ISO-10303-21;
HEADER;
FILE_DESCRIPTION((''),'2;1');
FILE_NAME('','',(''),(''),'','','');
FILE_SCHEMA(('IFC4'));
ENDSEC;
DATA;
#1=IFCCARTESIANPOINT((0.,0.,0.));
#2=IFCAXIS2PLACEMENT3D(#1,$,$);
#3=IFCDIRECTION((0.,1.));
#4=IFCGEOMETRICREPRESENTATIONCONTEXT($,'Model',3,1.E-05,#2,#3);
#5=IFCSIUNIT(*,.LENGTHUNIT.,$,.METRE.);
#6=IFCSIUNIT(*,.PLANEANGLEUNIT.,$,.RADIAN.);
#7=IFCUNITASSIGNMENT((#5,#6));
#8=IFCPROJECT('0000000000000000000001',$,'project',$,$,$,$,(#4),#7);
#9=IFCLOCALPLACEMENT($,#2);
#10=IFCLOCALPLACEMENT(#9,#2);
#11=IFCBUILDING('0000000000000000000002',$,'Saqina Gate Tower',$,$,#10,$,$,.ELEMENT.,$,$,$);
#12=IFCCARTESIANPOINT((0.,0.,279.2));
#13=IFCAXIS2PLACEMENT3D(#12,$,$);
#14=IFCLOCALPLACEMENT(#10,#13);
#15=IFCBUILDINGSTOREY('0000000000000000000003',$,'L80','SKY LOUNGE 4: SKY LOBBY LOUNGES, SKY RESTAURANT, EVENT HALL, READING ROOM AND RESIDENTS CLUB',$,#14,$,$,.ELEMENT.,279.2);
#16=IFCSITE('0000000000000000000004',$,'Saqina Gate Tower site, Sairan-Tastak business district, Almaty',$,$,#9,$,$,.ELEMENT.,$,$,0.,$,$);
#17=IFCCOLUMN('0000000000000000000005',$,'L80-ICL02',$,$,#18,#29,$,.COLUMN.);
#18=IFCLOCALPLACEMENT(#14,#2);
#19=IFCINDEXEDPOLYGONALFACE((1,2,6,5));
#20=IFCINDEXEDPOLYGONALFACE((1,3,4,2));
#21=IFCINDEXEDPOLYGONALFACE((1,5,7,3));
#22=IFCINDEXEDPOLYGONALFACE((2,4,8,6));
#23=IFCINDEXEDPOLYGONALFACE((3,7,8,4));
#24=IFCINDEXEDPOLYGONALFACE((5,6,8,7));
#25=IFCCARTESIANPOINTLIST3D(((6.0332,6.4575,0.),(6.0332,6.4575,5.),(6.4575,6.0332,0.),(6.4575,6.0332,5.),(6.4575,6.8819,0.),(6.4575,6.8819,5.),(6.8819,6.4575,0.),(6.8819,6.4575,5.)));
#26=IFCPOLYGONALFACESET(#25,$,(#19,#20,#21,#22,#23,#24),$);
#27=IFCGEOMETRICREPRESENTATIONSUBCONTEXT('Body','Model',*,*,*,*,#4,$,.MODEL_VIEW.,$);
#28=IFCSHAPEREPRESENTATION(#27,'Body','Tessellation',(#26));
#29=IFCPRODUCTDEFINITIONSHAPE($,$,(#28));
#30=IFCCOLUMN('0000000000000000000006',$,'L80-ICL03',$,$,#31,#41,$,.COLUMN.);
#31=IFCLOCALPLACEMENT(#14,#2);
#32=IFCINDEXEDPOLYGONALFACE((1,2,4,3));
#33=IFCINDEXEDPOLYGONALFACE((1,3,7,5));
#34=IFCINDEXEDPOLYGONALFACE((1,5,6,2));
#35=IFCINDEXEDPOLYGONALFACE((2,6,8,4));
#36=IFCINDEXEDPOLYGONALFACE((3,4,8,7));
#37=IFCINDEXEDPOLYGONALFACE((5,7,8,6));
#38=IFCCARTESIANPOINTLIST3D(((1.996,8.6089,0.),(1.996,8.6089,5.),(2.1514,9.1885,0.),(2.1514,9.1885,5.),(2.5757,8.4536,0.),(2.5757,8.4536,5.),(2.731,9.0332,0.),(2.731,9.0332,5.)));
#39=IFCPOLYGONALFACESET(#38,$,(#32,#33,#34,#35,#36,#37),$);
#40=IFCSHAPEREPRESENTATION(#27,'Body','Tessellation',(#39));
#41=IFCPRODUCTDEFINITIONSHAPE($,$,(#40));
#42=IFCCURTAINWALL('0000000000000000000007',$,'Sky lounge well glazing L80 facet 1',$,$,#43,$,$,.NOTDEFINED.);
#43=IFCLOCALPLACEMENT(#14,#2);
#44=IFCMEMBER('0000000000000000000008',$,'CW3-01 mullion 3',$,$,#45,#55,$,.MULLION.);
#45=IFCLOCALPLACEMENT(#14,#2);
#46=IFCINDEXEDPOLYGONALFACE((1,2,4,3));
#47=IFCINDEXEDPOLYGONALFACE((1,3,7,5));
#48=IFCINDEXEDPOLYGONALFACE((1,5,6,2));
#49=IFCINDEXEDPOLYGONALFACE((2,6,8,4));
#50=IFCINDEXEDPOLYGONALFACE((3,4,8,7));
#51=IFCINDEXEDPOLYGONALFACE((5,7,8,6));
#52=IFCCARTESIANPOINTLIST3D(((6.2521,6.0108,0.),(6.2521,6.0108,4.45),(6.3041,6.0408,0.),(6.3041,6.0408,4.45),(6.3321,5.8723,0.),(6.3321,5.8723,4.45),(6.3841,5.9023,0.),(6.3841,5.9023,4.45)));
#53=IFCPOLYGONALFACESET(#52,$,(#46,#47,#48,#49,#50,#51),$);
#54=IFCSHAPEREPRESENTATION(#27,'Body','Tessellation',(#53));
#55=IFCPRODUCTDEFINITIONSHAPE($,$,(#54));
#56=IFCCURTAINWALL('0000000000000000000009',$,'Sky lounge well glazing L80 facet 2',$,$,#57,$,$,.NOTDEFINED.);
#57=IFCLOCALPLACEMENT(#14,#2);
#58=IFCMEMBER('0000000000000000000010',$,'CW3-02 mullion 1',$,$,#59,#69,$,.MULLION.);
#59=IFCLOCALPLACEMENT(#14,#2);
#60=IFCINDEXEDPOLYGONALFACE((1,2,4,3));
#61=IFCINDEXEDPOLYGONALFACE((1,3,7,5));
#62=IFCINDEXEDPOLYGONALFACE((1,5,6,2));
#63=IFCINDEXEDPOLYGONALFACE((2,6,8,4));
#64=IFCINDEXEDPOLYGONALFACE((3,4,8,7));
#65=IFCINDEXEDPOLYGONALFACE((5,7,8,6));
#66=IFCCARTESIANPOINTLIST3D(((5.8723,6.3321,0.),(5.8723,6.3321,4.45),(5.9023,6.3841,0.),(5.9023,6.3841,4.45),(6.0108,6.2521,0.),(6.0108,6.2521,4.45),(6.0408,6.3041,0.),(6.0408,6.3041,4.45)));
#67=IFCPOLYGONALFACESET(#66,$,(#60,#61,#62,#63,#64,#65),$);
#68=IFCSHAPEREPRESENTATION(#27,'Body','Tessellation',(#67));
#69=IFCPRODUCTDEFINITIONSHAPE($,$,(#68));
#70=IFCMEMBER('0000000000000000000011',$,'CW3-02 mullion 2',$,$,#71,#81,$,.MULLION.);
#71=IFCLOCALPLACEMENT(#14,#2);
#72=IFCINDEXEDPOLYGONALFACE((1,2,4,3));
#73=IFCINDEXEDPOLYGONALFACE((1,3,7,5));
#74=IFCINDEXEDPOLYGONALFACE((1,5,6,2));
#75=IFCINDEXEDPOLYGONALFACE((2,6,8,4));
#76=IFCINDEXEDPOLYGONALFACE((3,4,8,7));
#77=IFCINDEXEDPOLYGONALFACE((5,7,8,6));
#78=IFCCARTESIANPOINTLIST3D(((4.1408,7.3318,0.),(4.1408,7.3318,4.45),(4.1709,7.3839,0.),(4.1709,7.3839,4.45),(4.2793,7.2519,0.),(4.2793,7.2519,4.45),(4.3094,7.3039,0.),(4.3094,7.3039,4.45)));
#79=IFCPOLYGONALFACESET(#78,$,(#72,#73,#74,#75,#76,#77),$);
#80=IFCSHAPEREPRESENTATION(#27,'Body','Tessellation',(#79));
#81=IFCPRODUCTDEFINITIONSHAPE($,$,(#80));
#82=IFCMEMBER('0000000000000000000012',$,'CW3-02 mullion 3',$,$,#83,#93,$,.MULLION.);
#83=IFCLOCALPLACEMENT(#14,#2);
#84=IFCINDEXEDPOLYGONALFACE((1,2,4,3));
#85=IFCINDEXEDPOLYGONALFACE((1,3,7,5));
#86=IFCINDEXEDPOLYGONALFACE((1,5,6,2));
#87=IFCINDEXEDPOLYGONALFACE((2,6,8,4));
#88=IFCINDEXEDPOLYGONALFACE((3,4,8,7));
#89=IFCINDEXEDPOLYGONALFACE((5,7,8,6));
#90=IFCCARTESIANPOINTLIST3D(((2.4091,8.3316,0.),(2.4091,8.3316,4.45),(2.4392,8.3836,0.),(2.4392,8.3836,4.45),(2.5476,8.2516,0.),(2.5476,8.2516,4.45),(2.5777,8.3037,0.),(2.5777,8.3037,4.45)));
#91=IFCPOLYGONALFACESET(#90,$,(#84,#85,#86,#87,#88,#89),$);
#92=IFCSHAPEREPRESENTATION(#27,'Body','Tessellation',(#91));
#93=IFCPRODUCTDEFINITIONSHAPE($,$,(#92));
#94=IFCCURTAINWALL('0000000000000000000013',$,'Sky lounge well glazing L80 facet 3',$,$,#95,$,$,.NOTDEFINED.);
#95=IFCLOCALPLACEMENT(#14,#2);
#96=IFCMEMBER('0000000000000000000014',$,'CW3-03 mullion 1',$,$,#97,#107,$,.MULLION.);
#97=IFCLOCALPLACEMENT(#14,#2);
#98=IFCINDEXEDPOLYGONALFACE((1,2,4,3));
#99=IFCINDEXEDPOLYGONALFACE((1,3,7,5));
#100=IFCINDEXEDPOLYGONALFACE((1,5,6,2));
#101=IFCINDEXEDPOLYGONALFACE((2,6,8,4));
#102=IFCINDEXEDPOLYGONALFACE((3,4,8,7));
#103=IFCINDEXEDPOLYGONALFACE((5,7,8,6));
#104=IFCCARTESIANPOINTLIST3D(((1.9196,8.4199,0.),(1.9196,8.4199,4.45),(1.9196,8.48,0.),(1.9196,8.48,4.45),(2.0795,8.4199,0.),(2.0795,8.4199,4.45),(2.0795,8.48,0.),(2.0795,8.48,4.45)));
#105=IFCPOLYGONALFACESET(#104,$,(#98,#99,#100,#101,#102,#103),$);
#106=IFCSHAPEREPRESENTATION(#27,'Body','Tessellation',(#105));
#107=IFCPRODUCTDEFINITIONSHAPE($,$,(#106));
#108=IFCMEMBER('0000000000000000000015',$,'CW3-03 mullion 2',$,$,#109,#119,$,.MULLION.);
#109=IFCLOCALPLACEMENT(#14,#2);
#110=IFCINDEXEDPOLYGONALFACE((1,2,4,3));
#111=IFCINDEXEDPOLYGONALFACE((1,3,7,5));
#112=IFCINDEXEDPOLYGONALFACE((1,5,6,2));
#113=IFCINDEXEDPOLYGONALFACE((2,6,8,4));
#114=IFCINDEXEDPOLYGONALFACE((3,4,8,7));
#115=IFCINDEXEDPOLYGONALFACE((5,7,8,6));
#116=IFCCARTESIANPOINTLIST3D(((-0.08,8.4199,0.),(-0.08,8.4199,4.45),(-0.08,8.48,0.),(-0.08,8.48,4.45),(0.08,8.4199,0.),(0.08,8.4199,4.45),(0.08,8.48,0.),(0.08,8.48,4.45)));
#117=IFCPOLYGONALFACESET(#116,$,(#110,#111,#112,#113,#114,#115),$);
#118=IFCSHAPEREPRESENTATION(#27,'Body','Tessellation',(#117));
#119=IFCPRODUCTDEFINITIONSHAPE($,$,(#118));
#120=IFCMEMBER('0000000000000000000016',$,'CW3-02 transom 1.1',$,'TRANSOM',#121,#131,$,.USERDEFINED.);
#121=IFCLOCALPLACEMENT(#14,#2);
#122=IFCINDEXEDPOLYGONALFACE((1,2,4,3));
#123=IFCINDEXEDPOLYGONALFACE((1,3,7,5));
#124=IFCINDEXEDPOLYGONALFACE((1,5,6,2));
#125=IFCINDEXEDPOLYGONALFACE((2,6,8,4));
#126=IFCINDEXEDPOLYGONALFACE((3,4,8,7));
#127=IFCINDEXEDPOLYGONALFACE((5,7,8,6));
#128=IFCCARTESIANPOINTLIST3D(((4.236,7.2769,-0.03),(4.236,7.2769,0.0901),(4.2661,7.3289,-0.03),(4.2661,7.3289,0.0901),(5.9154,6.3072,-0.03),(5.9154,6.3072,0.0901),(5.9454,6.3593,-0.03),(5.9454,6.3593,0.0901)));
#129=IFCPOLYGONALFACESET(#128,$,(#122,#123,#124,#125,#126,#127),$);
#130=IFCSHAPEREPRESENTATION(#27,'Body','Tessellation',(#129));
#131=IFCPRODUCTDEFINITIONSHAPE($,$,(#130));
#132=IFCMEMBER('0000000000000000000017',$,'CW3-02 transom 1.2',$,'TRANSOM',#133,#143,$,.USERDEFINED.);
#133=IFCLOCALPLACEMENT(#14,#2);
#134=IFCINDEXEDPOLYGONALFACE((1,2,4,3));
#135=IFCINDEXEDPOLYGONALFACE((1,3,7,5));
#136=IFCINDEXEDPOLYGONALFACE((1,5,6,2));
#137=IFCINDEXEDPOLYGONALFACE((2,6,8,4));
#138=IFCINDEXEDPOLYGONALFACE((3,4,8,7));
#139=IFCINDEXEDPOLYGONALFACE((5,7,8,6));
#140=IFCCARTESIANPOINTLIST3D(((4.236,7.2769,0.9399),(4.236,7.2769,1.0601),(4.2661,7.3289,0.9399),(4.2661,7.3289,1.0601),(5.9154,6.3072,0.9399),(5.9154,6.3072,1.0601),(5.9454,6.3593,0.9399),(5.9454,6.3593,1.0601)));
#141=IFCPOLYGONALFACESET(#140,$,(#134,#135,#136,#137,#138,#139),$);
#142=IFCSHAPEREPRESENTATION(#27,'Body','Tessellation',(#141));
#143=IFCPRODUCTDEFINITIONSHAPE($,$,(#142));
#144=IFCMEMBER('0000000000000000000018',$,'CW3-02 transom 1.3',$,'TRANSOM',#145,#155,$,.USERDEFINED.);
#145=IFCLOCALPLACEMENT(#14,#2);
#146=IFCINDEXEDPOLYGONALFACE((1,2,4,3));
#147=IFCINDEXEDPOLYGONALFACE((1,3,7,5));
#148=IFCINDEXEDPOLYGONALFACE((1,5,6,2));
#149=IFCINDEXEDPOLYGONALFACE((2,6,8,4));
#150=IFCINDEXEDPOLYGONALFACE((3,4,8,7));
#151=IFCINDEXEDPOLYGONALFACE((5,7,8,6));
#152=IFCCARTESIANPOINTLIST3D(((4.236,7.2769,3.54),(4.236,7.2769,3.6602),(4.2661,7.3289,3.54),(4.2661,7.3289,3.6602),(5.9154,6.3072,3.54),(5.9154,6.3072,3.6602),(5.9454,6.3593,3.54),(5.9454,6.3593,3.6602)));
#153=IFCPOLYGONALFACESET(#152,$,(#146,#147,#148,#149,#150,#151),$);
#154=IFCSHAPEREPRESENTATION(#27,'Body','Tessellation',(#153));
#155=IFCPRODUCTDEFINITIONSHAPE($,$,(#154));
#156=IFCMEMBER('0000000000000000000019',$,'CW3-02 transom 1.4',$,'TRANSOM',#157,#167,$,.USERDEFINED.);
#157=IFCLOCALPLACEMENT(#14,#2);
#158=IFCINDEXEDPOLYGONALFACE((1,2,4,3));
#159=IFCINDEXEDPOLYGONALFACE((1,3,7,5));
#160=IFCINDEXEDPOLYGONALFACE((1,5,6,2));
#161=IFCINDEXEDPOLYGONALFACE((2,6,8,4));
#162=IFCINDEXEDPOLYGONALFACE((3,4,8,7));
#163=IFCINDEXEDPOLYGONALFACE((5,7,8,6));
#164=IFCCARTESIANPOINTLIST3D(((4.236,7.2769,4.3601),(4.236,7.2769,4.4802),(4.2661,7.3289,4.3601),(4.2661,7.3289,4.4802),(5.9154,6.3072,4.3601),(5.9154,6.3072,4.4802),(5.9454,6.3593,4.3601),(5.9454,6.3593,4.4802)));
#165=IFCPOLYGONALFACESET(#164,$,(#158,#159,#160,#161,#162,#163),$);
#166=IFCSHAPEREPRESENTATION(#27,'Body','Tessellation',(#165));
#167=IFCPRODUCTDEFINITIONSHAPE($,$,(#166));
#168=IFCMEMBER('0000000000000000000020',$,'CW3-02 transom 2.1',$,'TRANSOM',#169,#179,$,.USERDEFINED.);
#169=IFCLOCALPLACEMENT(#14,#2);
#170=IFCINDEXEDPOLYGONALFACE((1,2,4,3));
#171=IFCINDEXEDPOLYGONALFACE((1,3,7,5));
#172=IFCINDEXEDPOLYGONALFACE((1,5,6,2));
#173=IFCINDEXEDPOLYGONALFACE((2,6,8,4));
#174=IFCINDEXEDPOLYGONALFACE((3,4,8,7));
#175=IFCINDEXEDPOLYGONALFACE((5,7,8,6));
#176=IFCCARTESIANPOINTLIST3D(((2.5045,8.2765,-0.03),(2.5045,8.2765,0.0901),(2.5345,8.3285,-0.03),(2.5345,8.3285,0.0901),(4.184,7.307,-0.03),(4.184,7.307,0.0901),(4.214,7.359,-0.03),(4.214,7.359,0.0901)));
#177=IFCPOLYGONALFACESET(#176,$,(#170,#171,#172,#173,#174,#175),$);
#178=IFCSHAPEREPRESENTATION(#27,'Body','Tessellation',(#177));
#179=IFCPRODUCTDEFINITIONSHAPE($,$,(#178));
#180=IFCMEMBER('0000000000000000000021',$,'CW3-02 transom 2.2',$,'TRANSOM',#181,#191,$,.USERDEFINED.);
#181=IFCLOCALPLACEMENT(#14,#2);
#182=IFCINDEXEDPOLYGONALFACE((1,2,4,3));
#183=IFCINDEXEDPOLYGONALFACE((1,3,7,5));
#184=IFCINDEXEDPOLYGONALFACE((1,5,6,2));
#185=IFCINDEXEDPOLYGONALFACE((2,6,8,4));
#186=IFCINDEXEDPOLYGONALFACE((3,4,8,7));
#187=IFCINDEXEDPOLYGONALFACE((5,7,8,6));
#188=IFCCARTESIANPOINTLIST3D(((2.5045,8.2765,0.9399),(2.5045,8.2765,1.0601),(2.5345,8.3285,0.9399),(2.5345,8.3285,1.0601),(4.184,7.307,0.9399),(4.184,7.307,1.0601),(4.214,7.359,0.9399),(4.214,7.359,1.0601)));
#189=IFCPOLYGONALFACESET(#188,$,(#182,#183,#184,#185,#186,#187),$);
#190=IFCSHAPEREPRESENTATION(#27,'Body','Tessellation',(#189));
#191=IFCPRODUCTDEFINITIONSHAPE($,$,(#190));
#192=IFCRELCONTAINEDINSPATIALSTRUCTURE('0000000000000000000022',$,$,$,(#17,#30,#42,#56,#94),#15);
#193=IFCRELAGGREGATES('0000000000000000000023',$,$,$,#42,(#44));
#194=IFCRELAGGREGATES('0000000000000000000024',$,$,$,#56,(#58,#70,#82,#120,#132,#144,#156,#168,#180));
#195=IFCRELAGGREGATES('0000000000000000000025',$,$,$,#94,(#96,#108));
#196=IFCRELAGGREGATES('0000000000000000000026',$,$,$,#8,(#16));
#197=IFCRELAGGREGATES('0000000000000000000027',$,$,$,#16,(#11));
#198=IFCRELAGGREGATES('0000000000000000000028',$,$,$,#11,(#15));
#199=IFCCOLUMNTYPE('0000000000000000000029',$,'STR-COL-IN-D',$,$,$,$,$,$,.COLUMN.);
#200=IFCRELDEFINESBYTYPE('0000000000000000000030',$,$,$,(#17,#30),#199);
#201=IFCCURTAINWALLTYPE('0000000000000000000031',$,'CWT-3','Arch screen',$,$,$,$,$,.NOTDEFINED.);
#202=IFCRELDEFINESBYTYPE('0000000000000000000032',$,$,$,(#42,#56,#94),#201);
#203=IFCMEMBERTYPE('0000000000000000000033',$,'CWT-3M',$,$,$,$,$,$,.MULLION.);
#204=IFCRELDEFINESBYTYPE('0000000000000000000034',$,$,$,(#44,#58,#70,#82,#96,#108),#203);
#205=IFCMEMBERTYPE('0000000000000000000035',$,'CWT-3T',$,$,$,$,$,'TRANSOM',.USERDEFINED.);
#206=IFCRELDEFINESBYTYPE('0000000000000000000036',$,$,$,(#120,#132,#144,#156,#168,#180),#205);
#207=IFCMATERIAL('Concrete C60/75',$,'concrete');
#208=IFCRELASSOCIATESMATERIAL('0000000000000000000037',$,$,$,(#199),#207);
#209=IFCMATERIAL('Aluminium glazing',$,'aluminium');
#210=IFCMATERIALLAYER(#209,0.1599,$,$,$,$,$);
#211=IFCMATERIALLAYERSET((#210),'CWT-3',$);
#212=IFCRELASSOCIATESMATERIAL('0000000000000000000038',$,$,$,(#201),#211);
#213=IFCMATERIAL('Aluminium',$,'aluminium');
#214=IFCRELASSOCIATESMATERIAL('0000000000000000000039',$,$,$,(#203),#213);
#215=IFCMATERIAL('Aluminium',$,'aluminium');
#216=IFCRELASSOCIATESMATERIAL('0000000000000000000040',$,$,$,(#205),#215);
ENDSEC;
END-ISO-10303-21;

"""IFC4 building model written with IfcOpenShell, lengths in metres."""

from ifc_helpers import new_model, si_unit, direction, frame, origin, origin_2d, place, context, subcontext, project, spatial, rectangle, extrude, material, layer, layer_set, material_profile, profile_set, type_object, element, aggregate, save


model = new_model("IFC4")

# Units and contexts
model_context = context("Model", 3, precision=1e-05, world=origin(), true_north=direction((0.0, 1.0)))
body_context = subcontext(model_context, "Body", "Model", "MODEL_VIEW")
ifc_project = project(units=[si_unit("LENGTHUNIT", "METRE"), si_unit("PLANEANGLEUNIT", "RADIAN")], contexts=[model_context])

# Site, building, storey
site_placement = place(None, origin())
site = spatial("IfcSite", under=ifc_project, at=site_placement, Name="Saqina Gate Tower site, Sairan-Tastak business district, Almaty", CompositionType="ELEMENT", RefElevation=0.0)
building_placement = place(site_placement, origin())
building = spatial("IfcBuilding", under=site, at=building_placement, Name="Saqina Gate Tower", CompositionType="ELEMENT")
storey_placement = place(building_placement, frame((0.0, 0.0, 279.2)))
storey = spatial("IfcBuildingStorey", under=building, at=storey_placement, Name="L80", Description="SKY LOUNGE 4: SKY LOBBY LOUNGES, SKY RESTAURANT, EVENT HALL, READING ROOM AND RESIDENTS CLUB", CompositionType="ELEMENT", Elevation=279.2)

# Columns
ifc_material_1 = material(Name="Concrete C60/75", Category="concrete")
ifc_material_profile_1 = material_profile(ifc_material_1, rectangle(XDim=0.6001, YDim=0.6001, at=origin_2d()), Name="RC 600x600")
ifc_profile_set_1 = profile_set([ifc_material_profile_1], Name="Concrete C60/75")
column_type = type_object("IfcColumnType", Name="STR-COL-IN-D", PredefinedType="COLUMN", material=ifc_profile_set_1)
for number, where, z_axis, x_axis, name in (
    (1, (6.4575, 6.4575, 0.0), (0.0, 0.0, 1.0), (0.707107, 0.707107, 0.0), "L80-ICL02"),
    (2, (2.3635, 8.821, 0.0), (0.0, 0.0, 1.0), (0.258819, 0.965926, 0.0), "L80-ICL03"),
):
    element("IfcColumn", number, at=place(storey_placement, frame(where, z_axis=z_axis, x_axis=x_axis)), inside=storey, type_object=column_type, Name=name, PredefinedType="COLUMN", context=body_context, shape_type="SweptSolid", body=[
        extrude(rectangle(XDim=0.6001, YDim=0.6001, at=origin_2d()), origin(), (0.0, 0.0, 1.0), 5.0),
    ])

# Curtain wall, member
ifc_material_2 = material(Name="Aluminium glazing", Category="aluminium")
ifc_layer_1 = layer(ifc_material_2, 0.1599)
ifc_layer_set_1 = layer_set([ifc_layer_1], Name="CWT-3")
curtain_wall_type = type_object("IfcCurtainWallType", Name="CWT-3", Description="Arch screen", PredefinedType="NOTDEFINED", material=ifc_layer_set_1)
curtain_wall_1_placement = place(storey_placement, origin())
curtain_wall_1 = element("IfcCurtainWall", 3, at=curtain_wall_1_placement, inside=storey, type_object=curtain_wall_type, Name="Sky lounge well glazing L80 facet 1", PredefinedType="NOTDEFINED")
ifc_material_3 = material(Name="Aluminium", Category="aluminium")
ifc_material_profile_2 = material_profile(ifc_material_3, rectangle(XDim=0.0601, YDim=0.1599, at=origin_2d()), Name="Aluminium 60x160")
ifc_profile_set_2 = profile_set([ifc_material_profile_2], Name="Aluminium")
member_type_1 = type_object("IfcMemberType", Name="CWT-3M", PredefinedType="MULLION", material=ifc_profile_set_2)
member_1_placement = place(storey_placement, frame((6.3181, 5.9565, 0.0), z_axis=(0.0, 0.0, 1.0), x_axis=(-0.866024, -0.500003, 0.0)))
member_1 = element("IfcMember", 4, at=member_1_placement, type_object=member_type_1, Name="CW3-01 mullion 3", PredefinedType="MULLION", context=body_context, shape_type="SweptSolid", body=[
    extrude(rectangle(XDim=0.0601, YDim=0.1599, at=origin_2d()), origin(), (0.0, 0.0, 1.0), 4.45),
])
aggregate(curtain_wall_1, [member_1])

# Curtain walls, members
curtain_wall_2_placement = place(storey_placement, origin())
curtain_wall_2 = element("IfcCurtainWall", 5, at=curtain_wall_2_placement, inside=storey, type_object=curtain_wall_type, Name="Sky lounge well glazing L80 facet 2", PredefinedType="NOTDEFINED")
member_2_placement = place(storey_placement, frame((5.9565, 6.3181, 0.0), z_axis=(0.0, 0.0, 1.0), x_axis=(-0.500003, -0.866024, 0.0)))
member_2 = element("IfcMember", 6, at=member_2_placement, type_object=member_type_1, Name="CW3-02 mullion 1", PredefinedType="MULLION", context=body_context, shape_type="SweptSolid", body=[
    extrude(rectangle(XDim=0.0601, YDim=0.1599, at=origin_2d()), origin(), (0.0, 0.0, 1.0), 4.45),
])
member_3_placement = place(storey_placement, frame((4.2251, 7.3179, 0.0), z_axis=(0.0, 0.0, 1.0), x_axis=(-0.500003, -0.866024, 0.0)))
member_3 = element("IfcMember", 7, at=member_3_placement, type_object=member_type_1, Name="CW3-02 mullion 2", PredefinedType="MULLION", context=body_context, shape_type="SweptSolid", body=[
    extrude(rectangle(XDim=0.0601, YDim=0.1599, at=origin_2d()), origin(), (0.0, 0.0, 1.0), 4.45),
])
member_4_placement = place(storey_placement, frame((2.4934, 8.3176, 0.0), z_axis=(0.0, 0.0, 1.0), x_axis=(-0.500003, -0.866024, 0.0)))
member_4 = element("IfcMember", 8, at=member_4_placement, type_object=member_type_1, Name="CW3-02 mullion 3", PredefinedType="MULLION", context=body_context, shape_type="SweptSolid", body=[
    extrude(rectangle(XDim=0.0601, YDim=0.1599, at=origin_2d()), origin(), (0.0, 0.0, 1.0), 4.45),
])
curtain_wall_3_placement = place(storey_placement, origin())
curtain_wall_3 = element("IfcCurtainWall", 9, at=curtain_wall_3_placement, inside=storey, type_object=curtain_wall_type, Name="Sky lounge well glazing L80 facet 3", PredefinedType="NOTDEFINED")
member_5_placement = place(storey_placement, frame((1.9995, 8.45, 0.0), z_axis=(0.0, 0.0, 1.0), x_axis=(0.0, -1.0, 0.0)))
member_5 = element("IfcMember", 10, at=member_5_placement, type_object=member_type_1, Name="CW3-03 mullion 1", PredefinedType="MULLION", context=body_context, shape_type="SweptSolid", body=[
    extrude(rectangle(XDim=0.0601, YDim=0.1599, at=origin_2d()), origin(), (0.0, 0.0, 1.0), 4.45),
])
member_6_placement = place(storey_placement, frame((0.0, 8.45, 0.0), z_axis=(0.0, 0.0, 1.0), x_axis=(0.0, -1.0, 0.0)))
member_6 = element("IfcMember", 11, at=member_6_placement, type_object=member_type_1, Name="CW3-03 mullion 2", PredefinedType="MULLION", context=body_context, shape_type="SweptSolid", body=[
    extrude(rectangle(XDim=0.0601, YDim=0.1599, at=origin_2d()), origin(), (0.0, 0.0, 1.0), 4.45),
])

# Members
ifc_material_4 = material(Name="Aluminium", Category="aluminium")
ifc_material_profile_3 = material_profile(ifc_material_4, rectangle(XDim=0.0601, YDim=0.1201, at=origin_2d()), Name="Aluminium 60x120")
ifc_profile_set_3 = profile_set([ifc_material_profile_3], Name="Aluminium")
member_type_2 = type_object("IfcMemberType", Name="CWT-3T", ElementType="TRANSOM", PredefinedType="USERDEFINED", material=ifc_profile_set_3)
member_7_placement = place(storey_placement, frame((5.9304, 6.3333, 0.03), z_axis=(-0.866003, 0.500038, 0.0), x_axis=(-0.500038, -0.866003, 0.0)))
member_7 = element("IfcMember", 12, at=member_7_placement, type_object=member_type_2, Name="CW3-02 transom 1.1", ObjectType="TRANSOM", PredefinedType="USERDEFINED", context=body_context, shape_type="SweptSolid", body=[
    extrude(rectangle(XDim=0.0601, YDim=0.1201, at=origin_2d()), origin(), (0.0, 0.0, 1.0), 1.9392),
])
member_8_placement = place(storey_placement, frame((5.9304, 6.3333, 1.0), z_axis=(-0.866003, 0.500038, 0.0), x_axis=(-0.500038, -0.866003, 0.0)))
member_8 = element("IfcMember", 13, at=member_8_placement, type_object=member_type_2, Name="CW3-02 transom 1.2", ObjectType="TRANSOM", PredefinedType="USERDEFINED", context=body_context, shape_type="SweptSolid", body=[
    extrude(rectangle(XDim=0.0601, YDim=0.1201, at=origin_2d()), origin(), (0.0, 0.0, 1.0), 1.9392),
])
member_9_placement = place(storey_placement, frame((5.9304, 6.3333, 3.6001), z_axis=(-0.866003, 0.500038, 0.0), x_axis=(-0.500038, -0.866003, 0.0)))
member_9 = element("IfcMember", 14, at=member_9_placement, type_object=member_type_2, Name="CW3-02 transom 1.3", ObjectType="TRANSOM", PredefinedType="USERDEFINED", context=body_context, shape_type="SweptSolid", body=[
    extrude(rectangle(XDim=0.0601, YDim=0.1201, at=origin_2d()), origin(), (0.0, 0.0, 1.0), 1.9392),
])
member_10_placement = place(storey_placement, frame((5.9304, 6.3333, 4.4202), z_axis=(-0.866003, 0.500038, 0.0), x_axis=(-0.500038, -0.866003, 0.0)))
member_10 = element("IfcMember", 15, at=member_10_placement, type_object=member_type_2, Name="CW3-02 transom 1.4", ObjectType="TRANSOM", PredefinedType="USERDEFINED", context=body_context, shape_type="SweptSolid", body=[
    extrude(rectangle(XDim=0.0601, YDim=0.1201, at=origin_2d()), origin(), (0.0, 0.0, 1.0), 1.9392),
])
member_11_placement = place(storey_placement, frame((4.199, 7.333, 0.03), z_axis=(-0.866058, 0.499944, 0.0), x_axis=(-0.499944, -0.866058, 0.0)))
member_11 = element("IfcMember", 16, at=member_11_placement, type_object=member_type_2, Name="CW3-02 transom 2.1", ObjectType="TRANSOM", PredefinedType="USERDEFINED", context=body_context, shape_type="SweptSolid", body=[
    extrude(rectangle(XDim=0.0601, YDim=0.1201, at=origin_2d()), origin(), (0.0, 0.0, 1.0), 1.9392),
])
member_12_placement = place(storey_placement, frame((4.199, 7.333, 1.0), z_axis=(-0.866058, 0.499944, 0.0), x_axis=(-0.499944, -0.866058, 0.0)))
member_12 = element("IfcMember", 17, at=member_12_placement, type_object=member_type_2, Name="CW3-02 transom 2.2", ObjectType="TRANSOM", PredefinedType="USERDEFINED", context=body_context, shape_type="SweptSolid", body=[
    extrude(rectangle(XDim=0.0601, YDim=0.1201, at=origin_2d()), origin(), (0.0, 0.0, 1.0), 1.9392),
])

aggregate(curtain_wall_2, [member_2, member_3, member_4, member_7, member_8, member_9, member_10, member_11, member_12])
aggregate(curtain_wall_3, [member_5, member_6])

save(model, "model.ifc")
